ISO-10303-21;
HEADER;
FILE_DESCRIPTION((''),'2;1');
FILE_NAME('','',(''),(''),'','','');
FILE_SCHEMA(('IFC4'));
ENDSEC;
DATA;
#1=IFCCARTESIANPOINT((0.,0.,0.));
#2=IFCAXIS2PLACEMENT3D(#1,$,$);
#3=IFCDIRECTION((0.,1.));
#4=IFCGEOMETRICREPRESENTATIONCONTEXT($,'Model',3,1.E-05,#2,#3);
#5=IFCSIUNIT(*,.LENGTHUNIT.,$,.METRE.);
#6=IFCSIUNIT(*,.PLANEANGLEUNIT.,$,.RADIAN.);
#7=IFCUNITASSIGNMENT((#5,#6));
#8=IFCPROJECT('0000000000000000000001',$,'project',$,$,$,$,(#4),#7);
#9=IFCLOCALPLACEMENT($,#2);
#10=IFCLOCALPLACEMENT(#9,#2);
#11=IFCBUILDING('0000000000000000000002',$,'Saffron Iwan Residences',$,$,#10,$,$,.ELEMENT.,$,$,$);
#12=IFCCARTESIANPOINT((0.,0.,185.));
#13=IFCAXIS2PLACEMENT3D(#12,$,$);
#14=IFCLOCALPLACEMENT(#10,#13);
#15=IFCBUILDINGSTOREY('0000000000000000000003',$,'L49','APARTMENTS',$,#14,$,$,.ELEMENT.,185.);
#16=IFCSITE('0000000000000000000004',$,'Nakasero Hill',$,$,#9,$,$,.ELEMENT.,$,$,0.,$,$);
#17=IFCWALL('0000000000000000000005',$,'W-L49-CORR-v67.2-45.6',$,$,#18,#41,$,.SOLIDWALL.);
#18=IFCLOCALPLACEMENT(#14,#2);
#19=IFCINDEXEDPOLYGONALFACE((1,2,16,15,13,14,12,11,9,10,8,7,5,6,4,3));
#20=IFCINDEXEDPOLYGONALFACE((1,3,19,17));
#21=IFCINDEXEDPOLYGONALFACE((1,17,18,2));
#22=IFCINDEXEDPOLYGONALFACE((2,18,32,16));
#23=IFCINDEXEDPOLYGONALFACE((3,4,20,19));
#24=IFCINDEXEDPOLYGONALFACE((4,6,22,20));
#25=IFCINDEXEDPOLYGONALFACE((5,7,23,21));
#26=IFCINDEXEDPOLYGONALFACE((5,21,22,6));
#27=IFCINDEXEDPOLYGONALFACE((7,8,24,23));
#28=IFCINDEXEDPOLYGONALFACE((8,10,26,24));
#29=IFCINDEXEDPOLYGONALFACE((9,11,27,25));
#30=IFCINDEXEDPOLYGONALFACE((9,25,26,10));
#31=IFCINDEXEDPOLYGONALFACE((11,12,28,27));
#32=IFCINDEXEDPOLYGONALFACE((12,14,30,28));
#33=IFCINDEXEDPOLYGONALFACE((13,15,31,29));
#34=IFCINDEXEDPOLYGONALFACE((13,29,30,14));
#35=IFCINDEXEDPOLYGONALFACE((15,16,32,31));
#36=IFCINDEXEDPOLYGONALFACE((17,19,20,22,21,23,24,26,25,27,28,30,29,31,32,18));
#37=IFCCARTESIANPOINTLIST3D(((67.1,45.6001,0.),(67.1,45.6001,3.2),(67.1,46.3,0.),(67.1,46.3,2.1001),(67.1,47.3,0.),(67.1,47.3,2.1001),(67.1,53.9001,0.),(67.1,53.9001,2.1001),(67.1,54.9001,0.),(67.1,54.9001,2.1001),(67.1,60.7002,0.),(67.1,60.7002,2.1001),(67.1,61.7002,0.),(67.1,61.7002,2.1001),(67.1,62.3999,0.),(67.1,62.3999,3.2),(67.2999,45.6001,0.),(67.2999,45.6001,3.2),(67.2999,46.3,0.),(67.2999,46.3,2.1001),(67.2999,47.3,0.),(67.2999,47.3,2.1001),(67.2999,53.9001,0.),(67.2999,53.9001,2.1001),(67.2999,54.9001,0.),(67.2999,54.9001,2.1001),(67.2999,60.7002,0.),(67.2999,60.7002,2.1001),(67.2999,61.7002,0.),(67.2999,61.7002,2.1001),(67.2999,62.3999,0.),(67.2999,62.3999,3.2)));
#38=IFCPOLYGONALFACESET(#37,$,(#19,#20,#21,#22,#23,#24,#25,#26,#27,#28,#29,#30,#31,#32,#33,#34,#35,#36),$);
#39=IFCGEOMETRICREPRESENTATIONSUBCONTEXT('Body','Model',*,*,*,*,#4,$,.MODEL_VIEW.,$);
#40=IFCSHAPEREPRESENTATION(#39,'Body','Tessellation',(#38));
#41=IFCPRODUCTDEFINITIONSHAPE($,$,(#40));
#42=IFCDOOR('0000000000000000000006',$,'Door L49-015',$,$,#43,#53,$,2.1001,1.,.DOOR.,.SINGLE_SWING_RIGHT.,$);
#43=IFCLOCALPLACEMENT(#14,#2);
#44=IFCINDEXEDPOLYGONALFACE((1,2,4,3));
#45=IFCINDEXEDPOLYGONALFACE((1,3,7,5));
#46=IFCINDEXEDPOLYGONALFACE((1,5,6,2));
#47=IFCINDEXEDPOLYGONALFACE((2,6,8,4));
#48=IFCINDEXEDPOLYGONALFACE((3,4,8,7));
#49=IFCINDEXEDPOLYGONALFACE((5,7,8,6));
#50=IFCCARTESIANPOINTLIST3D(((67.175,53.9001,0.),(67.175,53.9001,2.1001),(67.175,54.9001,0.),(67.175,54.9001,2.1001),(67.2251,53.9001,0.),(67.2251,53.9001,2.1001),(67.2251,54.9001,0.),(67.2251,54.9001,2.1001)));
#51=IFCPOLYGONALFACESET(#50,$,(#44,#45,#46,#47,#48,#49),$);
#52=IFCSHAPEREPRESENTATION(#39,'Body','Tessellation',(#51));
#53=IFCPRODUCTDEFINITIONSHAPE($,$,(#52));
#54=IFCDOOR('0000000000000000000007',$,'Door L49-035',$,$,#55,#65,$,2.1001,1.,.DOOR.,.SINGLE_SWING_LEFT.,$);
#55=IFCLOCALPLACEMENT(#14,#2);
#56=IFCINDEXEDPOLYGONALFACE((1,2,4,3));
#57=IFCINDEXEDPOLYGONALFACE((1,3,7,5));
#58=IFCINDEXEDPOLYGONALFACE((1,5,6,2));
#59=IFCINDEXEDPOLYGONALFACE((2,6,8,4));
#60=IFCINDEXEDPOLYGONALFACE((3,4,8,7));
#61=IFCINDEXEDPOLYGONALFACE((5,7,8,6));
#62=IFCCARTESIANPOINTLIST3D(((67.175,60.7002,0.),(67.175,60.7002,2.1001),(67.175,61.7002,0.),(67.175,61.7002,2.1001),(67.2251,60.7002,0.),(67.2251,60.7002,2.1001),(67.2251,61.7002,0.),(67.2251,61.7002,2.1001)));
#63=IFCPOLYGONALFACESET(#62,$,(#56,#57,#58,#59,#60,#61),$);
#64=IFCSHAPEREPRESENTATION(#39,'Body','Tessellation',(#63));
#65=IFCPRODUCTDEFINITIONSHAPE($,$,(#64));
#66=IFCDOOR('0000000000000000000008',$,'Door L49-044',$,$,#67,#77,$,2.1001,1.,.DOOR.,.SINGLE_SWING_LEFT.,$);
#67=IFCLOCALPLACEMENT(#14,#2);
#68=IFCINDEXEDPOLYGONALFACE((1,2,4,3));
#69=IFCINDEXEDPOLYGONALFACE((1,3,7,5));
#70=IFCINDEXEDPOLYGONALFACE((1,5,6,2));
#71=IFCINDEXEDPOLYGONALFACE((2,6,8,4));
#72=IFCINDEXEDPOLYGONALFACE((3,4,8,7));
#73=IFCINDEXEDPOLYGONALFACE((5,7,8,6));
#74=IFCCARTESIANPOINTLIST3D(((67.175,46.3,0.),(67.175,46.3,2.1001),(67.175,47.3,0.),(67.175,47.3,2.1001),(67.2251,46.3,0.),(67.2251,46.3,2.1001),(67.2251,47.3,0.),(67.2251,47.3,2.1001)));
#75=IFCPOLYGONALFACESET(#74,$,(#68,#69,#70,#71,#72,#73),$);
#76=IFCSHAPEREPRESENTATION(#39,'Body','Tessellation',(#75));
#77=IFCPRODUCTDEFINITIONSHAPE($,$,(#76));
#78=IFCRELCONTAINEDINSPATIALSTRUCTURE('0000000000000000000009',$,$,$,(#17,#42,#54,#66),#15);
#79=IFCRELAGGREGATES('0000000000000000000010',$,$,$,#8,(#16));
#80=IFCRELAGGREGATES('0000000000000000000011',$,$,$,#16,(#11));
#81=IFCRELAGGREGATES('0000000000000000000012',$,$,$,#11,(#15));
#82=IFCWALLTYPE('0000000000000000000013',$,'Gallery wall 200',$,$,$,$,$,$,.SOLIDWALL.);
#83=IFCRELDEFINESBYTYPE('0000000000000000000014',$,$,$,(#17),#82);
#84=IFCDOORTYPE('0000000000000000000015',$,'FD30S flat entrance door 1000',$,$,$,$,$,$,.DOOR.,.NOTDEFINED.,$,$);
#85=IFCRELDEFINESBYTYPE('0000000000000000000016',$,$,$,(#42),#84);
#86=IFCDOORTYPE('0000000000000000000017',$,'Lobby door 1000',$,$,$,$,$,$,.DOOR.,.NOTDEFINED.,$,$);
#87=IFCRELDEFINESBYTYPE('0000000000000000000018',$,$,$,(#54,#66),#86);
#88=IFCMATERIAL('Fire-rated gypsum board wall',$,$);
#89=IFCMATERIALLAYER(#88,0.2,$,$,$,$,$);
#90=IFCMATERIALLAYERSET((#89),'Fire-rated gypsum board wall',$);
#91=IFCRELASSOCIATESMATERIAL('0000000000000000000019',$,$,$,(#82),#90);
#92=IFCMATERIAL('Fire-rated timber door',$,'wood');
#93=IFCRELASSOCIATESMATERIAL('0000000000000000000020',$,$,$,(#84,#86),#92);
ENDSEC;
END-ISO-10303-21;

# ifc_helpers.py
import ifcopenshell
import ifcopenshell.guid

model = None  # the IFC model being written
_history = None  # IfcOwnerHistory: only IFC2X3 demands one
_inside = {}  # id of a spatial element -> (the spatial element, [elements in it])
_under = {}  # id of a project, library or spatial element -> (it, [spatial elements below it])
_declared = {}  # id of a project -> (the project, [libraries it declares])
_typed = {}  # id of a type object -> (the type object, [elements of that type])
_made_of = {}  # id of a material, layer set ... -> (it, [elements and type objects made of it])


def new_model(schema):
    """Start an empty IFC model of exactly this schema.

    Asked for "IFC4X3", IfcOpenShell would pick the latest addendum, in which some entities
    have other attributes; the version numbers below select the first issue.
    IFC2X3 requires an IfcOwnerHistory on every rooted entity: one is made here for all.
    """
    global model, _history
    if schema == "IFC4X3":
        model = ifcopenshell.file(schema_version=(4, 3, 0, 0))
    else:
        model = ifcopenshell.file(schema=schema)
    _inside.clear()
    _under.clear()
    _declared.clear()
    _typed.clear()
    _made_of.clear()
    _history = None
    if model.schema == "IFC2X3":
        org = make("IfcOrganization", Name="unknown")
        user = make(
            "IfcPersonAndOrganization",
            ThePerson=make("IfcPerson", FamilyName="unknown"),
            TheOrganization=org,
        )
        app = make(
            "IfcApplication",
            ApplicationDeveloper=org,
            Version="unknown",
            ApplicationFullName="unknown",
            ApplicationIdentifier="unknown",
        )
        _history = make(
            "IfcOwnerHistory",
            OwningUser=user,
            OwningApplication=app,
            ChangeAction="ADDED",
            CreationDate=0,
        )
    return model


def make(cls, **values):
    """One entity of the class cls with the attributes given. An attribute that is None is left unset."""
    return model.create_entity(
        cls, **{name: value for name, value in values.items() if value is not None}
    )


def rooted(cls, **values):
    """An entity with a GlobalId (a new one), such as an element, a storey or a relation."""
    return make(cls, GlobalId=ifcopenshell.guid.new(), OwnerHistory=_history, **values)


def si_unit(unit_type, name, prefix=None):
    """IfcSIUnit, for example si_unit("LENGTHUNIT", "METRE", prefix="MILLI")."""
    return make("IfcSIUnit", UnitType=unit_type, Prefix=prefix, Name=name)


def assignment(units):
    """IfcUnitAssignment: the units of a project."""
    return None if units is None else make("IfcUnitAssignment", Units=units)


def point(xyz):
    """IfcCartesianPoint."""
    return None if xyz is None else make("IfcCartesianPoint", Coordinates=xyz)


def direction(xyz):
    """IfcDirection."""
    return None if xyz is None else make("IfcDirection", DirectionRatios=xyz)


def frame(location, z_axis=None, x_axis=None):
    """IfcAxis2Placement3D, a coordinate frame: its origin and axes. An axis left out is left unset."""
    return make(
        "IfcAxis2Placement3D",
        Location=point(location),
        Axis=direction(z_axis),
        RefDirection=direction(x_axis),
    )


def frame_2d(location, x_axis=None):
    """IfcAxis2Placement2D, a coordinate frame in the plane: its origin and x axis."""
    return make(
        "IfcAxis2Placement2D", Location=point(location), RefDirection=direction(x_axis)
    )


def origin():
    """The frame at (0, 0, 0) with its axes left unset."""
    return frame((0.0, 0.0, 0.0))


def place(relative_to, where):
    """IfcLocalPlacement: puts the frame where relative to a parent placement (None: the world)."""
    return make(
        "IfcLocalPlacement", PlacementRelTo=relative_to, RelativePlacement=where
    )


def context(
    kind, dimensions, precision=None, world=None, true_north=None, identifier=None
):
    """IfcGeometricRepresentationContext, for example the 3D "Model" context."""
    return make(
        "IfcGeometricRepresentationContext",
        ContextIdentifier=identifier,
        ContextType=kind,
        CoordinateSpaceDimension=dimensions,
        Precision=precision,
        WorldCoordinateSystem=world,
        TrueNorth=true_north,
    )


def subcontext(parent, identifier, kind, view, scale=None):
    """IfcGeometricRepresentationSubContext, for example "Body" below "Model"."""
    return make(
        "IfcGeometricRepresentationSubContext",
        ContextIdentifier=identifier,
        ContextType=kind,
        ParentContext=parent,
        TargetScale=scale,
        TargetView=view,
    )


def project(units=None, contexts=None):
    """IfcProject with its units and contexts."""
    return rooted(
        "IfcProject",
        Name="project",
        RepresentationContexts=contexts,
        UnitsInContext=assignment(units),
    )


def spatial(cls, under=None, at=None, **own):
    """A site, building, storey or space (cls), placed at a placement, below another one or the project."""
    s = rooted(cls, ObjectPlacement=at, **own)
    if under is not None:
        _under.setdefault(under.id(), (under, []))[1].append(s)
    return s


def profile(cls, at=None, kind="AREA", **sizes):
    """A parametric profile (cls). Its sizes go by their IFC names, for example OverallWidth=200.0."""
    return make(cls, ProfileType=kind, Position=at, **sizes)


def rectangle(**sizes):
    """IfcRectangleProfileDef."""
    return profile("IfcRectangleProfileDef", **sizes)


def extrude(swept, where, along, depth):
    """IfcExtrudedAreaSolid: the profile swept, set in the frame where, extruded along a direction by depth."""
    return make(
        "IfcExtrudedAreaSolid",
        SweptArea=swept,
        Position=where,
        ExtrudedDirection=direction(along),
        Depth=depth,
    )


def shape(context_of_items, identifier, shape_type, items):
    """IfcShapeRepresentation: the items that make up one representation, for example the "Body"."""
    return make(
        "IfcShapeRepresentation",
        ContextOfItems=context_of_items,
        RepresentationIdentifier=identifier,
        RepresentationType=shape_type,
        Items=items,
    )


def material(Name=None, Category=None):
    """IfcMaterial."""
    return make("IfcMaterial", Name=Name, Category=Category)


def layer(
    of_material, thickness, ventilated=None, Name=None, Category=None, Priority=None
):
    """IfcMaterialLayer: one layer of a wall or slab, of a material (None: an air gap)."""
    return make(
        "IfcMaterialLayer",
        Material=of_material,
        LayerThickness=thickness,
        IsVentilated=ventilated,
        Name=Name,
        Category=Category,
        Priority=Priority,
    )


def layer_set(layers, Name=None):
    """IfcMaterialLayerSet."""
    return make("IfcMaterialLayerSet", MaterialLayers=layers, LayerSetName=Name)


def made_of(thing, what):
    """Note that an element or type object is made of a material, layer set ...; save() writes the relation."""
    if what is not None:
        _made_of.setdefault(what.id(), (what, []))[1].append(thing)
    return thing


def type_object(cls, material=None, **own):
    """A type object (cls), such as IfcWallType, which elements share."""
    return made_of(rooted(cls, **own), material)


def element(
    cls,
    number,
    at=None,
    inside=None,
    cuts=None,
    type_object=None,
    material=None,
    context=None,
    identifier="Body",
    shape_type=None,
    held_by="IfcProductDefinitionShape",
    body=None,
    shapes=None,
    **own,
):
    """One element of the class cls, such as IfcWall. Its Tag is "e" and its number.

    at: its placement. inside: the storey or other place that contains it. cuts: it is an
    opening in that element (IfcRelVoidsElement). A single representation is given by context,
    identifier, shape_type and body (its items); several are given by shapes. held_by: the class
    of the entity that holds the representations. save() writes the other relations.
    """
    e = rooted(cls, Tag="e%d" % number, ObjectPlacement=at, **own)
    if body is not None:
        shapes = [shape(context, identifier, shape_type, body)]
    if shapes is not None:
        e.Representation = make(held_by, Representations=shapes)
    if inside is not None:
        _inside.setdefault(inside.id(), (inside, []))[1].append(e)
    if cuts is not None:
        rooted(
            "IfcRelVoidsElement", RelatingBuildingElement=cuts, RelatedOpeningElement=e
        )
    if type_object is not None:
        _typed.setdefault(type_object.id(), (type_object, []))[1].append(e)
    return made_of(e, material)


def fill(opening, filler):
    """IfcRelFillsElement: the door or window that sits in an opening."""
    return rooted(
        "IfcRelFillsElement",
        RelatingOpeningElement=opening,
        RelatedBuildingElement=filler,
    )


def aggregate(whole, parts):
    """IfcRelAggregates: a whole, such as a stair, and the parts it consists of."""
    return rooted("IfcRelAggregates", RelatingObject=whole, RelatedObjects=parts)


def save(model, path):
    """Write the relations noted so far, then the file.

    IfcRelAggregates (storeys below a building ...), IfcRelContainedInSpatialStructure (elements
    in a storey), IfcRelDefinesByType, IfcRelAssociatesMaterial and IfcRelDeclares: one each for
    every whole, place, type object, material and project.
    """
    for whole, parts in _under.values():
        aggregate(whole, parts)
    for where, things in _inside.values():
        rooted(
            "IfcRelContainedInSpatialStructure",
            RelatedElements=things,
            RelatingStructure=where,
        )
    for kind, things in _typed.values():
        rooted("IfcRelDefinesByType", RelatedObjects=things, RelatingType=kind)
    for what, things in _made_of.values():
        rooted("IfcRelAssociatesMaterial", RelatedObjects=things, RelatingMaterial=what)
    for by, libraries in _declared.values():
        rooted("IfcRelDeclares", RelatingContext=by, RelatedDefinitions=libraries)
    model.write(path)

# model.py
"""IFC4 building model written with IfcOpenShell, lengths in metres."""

from ifc_helpers import new_model, si_unit, direction, frame, frame_2d, origin, place, context, subcontext, project, spatial, rectangle, extrude, material, layer, layer_set, type_object, element, fill, save


model = new_model("IFC4")

# Units and contexts
model_context = context("Model", 3, precision=1e-05, world=origin(), true_north=direction((0.0, 1.0)))
body_context = subcontext(model_context, "Body", "Model", "MODEL_VIEW")
ifc_project = project(units=[si_unit("LENGTHUNIT", "METRE"), si_unit("PLANEANGLEUNIT", "RADIAN")], contexts=[model_context])

# Site, building, storey
site_placement = place(None, origin())
site = spatial("IfcSite", under=ifc_project, at=site_placement, Name="Nakasero Hill", CompositionType="ELEMENT", RefElevation=0.0)
building_placement = place(site_placement, origin())
building = spatial("IfcBuilding", under=site, at=building_placement, Name="Saffron Iwan Residences", CompositionType="ELEMENT")
storey_placement = place(building_placement, frame((0.0, 0.0, 185.0)))
storey = spatial("IfcBuildingStorey", under=building, at=storey_placement, Name="L49", Description="APARTMENTS", CompositionType="ELEMENT", Elevation=185.0)

# Shared definitions
ifc_material_1 = material(Name="Fire-rated gypsum board wall")
ifc_layer_1 = layer(ifc_material_1, 0.2)
ifc_layer_set_1 = layer_set([ifc_layer_1], Name="Fire-rated gypsum board wall")
wall_type_1 = type_object("IfcWallType", Name="Gallery wall 200", PredefinedType="SOLIDWALL", material=ifc_layer_set_1)

# Wall, openings, doors
wall_1_placement = place(storey_placement, frame((67.2, 45.6001, 0.0), z_axis=(0.0, 0.0, 1.0), x_axis=(0.0, 1.0, 0.0)))
wall_1 = element("IfcWall", 1, at=wall_1_placement, inside=storey, type_object=wall_type_1, Name="W-L49-CORR-v67.2-45.6", PredefinedType="SOLIDWALL", context=body_context, shape_type="SweptSolid", body=[
    extrude(rectangle(XDim=16.7998, YDim=0.2, at=frame_2d((8.3999, 0.0))), origin(), (0.0, 0.0, 1.0), 3.2),
])
opening_1_placement = place(wall_1_placement, frame((8.3, 0.0, 0.0)))
opening_1 = element("IfcOpeningElement", 2, at=opening_1_placement, cuts=wall_1, PredefinedType="OPENING", context=body_context, shape_type="SweptSolid", body=[
    extrude(rectangle(XDim=1.0, YDim=2.1001, at=frame_2d((0.5, 1.05))), frame((0.0, 0.1099, 0.0), z_axis=(0.0, -1.0, 0.0), x_axis=(1.0, 0.0, 0.0)), (0.0, 0.0, 1.0), 0.22),
])
opening_2_placement = place(wall_1_placement, frame((15.1001, 0.0, 0.0)))
opening_2 = element("IfcOpeningElement", 3, at=opening_2_placement, cuts=wall_1, PredefinedType="OPENING", context=body_context, shape_type="SweptSolid", body=[
    extrude(rectangle(XDim=1.0, YDim=2.1001, at=frame_2d((0.5, 1.05))), frame((0.0, 0.1099, 0.0), z_axis=(0.0, -1.0, 0.0), x_axis=(1.0, 0.0, 0.0)), (0.0, 0.0, 1.0), 0.22),
])
opening_3_placement = place(wall_1_placement, frame((0.7, 0.0, 0.0)))
opening_3 = element("IfcOpeningElement", 4, at=opening_3_placement, cuts=wall_1, PredefinedType="OPENING", context=body_context, shape_type="SweptSolid", body=[
    extrude(rectangle(XDim=1.0, YDim=2.1001, at=frame_2d((0.5, 1.05))), frame((0.0, 0.1099, 0.0), z_axis=(0.0, -1.0, 0.0), x_axis=(1.0, 0.0, 0.0)), (0.0, 0.0, 1.0), 0.22),
])
ifc_material_2 = material(Name="Fire-rated timber door", Category="wood")
door_type_1 = type_object("IfcDoorType", Name="FD30S flat entrance door 1000", OperationType="NOTDEFINED", PredefinedType="DOOR", material=ifc_material_2)
door_1_placement = place(opening_1_placement, origin())
door_1 = element("IfcDoor", 5, at=door_1_placement, inside=storey, type_object=door_type_1, Name="Door L49-015", OperationType="SINGLE_SWING_RIGHT", OverallHeight=2.1001, OverallWidth=1.0, PredefinedType="DOOR", context=body_context, shape_type="SweptSolid", body=[
    extrude(rectangle(XDim=1.0, YDim=2.1001, at=frame_2d((0.5, 1.05))), frame((0.0, 0.0249, 0.0), z_axis=(0.0, -1.0, 0.0), x_axis=(1.0, 0.0, 0.0)), (0.0, 0.0, 1.0), 0.05),
])
fill(opening_1, door_1)
door_type_2 = type_object("IfcDoorType", Name="Lobby door 1000", OperationType="NOTDEFINED", PredefinedType="DOOR", material=ifc_material_2)
door_2_placement = place(opening_2_placement, origin())
door_2 = element("IfcDoor", 6, at=door_2_placement, inside=storey, type_object=door_type_2, Name="Door L49-035", OperationType="SINGLE_SWING_LEFT", OverallHeight=2.1001, OverallWidth=1.0, PredefinedType="DOOR", context=body_context, shape_type="SweptSolid", body=[
    extrude(rectangle(XDim=1.0, YDim=2.1001, at=frame_2d((0.5, 1.05))), frame((0.0, 0.0249, 0.0), z_axis=(0.0, -1.0, 0.0), x_axis=(1.0, 0.0, 0.0)), (0.0, 0.0, 1.0), 0.05),
])
fill(opening_2, door_2)
door_3_placement = place(opening_3_placement, origin())
door_3 = element("IfcDoor", 7, at=door_3_placement, inside=storey, type_object=door_type_2, Name="Door L49-044", OperationType="SINGLE_SWING_LEFT", OverallHeight=2.1001, OverallWidth=1.0, PredefinedType="DOOR", context=body_context, shape_type="SweptSolid", body=[
    extrude(rectangle(XDim=1.0, YDim=2.1001, at=frame_2d((0.5, 1.05))), frame((0.0, 0.0249, 0.0), z_axis=(0.0, -1.0, 0.0), x_axis=(1.0, 0.0, 0.0)), (0.0, 0.0, 1.0), 0.05),
])
fill(opening_3, door_3)

save(model, "model.ifc")
